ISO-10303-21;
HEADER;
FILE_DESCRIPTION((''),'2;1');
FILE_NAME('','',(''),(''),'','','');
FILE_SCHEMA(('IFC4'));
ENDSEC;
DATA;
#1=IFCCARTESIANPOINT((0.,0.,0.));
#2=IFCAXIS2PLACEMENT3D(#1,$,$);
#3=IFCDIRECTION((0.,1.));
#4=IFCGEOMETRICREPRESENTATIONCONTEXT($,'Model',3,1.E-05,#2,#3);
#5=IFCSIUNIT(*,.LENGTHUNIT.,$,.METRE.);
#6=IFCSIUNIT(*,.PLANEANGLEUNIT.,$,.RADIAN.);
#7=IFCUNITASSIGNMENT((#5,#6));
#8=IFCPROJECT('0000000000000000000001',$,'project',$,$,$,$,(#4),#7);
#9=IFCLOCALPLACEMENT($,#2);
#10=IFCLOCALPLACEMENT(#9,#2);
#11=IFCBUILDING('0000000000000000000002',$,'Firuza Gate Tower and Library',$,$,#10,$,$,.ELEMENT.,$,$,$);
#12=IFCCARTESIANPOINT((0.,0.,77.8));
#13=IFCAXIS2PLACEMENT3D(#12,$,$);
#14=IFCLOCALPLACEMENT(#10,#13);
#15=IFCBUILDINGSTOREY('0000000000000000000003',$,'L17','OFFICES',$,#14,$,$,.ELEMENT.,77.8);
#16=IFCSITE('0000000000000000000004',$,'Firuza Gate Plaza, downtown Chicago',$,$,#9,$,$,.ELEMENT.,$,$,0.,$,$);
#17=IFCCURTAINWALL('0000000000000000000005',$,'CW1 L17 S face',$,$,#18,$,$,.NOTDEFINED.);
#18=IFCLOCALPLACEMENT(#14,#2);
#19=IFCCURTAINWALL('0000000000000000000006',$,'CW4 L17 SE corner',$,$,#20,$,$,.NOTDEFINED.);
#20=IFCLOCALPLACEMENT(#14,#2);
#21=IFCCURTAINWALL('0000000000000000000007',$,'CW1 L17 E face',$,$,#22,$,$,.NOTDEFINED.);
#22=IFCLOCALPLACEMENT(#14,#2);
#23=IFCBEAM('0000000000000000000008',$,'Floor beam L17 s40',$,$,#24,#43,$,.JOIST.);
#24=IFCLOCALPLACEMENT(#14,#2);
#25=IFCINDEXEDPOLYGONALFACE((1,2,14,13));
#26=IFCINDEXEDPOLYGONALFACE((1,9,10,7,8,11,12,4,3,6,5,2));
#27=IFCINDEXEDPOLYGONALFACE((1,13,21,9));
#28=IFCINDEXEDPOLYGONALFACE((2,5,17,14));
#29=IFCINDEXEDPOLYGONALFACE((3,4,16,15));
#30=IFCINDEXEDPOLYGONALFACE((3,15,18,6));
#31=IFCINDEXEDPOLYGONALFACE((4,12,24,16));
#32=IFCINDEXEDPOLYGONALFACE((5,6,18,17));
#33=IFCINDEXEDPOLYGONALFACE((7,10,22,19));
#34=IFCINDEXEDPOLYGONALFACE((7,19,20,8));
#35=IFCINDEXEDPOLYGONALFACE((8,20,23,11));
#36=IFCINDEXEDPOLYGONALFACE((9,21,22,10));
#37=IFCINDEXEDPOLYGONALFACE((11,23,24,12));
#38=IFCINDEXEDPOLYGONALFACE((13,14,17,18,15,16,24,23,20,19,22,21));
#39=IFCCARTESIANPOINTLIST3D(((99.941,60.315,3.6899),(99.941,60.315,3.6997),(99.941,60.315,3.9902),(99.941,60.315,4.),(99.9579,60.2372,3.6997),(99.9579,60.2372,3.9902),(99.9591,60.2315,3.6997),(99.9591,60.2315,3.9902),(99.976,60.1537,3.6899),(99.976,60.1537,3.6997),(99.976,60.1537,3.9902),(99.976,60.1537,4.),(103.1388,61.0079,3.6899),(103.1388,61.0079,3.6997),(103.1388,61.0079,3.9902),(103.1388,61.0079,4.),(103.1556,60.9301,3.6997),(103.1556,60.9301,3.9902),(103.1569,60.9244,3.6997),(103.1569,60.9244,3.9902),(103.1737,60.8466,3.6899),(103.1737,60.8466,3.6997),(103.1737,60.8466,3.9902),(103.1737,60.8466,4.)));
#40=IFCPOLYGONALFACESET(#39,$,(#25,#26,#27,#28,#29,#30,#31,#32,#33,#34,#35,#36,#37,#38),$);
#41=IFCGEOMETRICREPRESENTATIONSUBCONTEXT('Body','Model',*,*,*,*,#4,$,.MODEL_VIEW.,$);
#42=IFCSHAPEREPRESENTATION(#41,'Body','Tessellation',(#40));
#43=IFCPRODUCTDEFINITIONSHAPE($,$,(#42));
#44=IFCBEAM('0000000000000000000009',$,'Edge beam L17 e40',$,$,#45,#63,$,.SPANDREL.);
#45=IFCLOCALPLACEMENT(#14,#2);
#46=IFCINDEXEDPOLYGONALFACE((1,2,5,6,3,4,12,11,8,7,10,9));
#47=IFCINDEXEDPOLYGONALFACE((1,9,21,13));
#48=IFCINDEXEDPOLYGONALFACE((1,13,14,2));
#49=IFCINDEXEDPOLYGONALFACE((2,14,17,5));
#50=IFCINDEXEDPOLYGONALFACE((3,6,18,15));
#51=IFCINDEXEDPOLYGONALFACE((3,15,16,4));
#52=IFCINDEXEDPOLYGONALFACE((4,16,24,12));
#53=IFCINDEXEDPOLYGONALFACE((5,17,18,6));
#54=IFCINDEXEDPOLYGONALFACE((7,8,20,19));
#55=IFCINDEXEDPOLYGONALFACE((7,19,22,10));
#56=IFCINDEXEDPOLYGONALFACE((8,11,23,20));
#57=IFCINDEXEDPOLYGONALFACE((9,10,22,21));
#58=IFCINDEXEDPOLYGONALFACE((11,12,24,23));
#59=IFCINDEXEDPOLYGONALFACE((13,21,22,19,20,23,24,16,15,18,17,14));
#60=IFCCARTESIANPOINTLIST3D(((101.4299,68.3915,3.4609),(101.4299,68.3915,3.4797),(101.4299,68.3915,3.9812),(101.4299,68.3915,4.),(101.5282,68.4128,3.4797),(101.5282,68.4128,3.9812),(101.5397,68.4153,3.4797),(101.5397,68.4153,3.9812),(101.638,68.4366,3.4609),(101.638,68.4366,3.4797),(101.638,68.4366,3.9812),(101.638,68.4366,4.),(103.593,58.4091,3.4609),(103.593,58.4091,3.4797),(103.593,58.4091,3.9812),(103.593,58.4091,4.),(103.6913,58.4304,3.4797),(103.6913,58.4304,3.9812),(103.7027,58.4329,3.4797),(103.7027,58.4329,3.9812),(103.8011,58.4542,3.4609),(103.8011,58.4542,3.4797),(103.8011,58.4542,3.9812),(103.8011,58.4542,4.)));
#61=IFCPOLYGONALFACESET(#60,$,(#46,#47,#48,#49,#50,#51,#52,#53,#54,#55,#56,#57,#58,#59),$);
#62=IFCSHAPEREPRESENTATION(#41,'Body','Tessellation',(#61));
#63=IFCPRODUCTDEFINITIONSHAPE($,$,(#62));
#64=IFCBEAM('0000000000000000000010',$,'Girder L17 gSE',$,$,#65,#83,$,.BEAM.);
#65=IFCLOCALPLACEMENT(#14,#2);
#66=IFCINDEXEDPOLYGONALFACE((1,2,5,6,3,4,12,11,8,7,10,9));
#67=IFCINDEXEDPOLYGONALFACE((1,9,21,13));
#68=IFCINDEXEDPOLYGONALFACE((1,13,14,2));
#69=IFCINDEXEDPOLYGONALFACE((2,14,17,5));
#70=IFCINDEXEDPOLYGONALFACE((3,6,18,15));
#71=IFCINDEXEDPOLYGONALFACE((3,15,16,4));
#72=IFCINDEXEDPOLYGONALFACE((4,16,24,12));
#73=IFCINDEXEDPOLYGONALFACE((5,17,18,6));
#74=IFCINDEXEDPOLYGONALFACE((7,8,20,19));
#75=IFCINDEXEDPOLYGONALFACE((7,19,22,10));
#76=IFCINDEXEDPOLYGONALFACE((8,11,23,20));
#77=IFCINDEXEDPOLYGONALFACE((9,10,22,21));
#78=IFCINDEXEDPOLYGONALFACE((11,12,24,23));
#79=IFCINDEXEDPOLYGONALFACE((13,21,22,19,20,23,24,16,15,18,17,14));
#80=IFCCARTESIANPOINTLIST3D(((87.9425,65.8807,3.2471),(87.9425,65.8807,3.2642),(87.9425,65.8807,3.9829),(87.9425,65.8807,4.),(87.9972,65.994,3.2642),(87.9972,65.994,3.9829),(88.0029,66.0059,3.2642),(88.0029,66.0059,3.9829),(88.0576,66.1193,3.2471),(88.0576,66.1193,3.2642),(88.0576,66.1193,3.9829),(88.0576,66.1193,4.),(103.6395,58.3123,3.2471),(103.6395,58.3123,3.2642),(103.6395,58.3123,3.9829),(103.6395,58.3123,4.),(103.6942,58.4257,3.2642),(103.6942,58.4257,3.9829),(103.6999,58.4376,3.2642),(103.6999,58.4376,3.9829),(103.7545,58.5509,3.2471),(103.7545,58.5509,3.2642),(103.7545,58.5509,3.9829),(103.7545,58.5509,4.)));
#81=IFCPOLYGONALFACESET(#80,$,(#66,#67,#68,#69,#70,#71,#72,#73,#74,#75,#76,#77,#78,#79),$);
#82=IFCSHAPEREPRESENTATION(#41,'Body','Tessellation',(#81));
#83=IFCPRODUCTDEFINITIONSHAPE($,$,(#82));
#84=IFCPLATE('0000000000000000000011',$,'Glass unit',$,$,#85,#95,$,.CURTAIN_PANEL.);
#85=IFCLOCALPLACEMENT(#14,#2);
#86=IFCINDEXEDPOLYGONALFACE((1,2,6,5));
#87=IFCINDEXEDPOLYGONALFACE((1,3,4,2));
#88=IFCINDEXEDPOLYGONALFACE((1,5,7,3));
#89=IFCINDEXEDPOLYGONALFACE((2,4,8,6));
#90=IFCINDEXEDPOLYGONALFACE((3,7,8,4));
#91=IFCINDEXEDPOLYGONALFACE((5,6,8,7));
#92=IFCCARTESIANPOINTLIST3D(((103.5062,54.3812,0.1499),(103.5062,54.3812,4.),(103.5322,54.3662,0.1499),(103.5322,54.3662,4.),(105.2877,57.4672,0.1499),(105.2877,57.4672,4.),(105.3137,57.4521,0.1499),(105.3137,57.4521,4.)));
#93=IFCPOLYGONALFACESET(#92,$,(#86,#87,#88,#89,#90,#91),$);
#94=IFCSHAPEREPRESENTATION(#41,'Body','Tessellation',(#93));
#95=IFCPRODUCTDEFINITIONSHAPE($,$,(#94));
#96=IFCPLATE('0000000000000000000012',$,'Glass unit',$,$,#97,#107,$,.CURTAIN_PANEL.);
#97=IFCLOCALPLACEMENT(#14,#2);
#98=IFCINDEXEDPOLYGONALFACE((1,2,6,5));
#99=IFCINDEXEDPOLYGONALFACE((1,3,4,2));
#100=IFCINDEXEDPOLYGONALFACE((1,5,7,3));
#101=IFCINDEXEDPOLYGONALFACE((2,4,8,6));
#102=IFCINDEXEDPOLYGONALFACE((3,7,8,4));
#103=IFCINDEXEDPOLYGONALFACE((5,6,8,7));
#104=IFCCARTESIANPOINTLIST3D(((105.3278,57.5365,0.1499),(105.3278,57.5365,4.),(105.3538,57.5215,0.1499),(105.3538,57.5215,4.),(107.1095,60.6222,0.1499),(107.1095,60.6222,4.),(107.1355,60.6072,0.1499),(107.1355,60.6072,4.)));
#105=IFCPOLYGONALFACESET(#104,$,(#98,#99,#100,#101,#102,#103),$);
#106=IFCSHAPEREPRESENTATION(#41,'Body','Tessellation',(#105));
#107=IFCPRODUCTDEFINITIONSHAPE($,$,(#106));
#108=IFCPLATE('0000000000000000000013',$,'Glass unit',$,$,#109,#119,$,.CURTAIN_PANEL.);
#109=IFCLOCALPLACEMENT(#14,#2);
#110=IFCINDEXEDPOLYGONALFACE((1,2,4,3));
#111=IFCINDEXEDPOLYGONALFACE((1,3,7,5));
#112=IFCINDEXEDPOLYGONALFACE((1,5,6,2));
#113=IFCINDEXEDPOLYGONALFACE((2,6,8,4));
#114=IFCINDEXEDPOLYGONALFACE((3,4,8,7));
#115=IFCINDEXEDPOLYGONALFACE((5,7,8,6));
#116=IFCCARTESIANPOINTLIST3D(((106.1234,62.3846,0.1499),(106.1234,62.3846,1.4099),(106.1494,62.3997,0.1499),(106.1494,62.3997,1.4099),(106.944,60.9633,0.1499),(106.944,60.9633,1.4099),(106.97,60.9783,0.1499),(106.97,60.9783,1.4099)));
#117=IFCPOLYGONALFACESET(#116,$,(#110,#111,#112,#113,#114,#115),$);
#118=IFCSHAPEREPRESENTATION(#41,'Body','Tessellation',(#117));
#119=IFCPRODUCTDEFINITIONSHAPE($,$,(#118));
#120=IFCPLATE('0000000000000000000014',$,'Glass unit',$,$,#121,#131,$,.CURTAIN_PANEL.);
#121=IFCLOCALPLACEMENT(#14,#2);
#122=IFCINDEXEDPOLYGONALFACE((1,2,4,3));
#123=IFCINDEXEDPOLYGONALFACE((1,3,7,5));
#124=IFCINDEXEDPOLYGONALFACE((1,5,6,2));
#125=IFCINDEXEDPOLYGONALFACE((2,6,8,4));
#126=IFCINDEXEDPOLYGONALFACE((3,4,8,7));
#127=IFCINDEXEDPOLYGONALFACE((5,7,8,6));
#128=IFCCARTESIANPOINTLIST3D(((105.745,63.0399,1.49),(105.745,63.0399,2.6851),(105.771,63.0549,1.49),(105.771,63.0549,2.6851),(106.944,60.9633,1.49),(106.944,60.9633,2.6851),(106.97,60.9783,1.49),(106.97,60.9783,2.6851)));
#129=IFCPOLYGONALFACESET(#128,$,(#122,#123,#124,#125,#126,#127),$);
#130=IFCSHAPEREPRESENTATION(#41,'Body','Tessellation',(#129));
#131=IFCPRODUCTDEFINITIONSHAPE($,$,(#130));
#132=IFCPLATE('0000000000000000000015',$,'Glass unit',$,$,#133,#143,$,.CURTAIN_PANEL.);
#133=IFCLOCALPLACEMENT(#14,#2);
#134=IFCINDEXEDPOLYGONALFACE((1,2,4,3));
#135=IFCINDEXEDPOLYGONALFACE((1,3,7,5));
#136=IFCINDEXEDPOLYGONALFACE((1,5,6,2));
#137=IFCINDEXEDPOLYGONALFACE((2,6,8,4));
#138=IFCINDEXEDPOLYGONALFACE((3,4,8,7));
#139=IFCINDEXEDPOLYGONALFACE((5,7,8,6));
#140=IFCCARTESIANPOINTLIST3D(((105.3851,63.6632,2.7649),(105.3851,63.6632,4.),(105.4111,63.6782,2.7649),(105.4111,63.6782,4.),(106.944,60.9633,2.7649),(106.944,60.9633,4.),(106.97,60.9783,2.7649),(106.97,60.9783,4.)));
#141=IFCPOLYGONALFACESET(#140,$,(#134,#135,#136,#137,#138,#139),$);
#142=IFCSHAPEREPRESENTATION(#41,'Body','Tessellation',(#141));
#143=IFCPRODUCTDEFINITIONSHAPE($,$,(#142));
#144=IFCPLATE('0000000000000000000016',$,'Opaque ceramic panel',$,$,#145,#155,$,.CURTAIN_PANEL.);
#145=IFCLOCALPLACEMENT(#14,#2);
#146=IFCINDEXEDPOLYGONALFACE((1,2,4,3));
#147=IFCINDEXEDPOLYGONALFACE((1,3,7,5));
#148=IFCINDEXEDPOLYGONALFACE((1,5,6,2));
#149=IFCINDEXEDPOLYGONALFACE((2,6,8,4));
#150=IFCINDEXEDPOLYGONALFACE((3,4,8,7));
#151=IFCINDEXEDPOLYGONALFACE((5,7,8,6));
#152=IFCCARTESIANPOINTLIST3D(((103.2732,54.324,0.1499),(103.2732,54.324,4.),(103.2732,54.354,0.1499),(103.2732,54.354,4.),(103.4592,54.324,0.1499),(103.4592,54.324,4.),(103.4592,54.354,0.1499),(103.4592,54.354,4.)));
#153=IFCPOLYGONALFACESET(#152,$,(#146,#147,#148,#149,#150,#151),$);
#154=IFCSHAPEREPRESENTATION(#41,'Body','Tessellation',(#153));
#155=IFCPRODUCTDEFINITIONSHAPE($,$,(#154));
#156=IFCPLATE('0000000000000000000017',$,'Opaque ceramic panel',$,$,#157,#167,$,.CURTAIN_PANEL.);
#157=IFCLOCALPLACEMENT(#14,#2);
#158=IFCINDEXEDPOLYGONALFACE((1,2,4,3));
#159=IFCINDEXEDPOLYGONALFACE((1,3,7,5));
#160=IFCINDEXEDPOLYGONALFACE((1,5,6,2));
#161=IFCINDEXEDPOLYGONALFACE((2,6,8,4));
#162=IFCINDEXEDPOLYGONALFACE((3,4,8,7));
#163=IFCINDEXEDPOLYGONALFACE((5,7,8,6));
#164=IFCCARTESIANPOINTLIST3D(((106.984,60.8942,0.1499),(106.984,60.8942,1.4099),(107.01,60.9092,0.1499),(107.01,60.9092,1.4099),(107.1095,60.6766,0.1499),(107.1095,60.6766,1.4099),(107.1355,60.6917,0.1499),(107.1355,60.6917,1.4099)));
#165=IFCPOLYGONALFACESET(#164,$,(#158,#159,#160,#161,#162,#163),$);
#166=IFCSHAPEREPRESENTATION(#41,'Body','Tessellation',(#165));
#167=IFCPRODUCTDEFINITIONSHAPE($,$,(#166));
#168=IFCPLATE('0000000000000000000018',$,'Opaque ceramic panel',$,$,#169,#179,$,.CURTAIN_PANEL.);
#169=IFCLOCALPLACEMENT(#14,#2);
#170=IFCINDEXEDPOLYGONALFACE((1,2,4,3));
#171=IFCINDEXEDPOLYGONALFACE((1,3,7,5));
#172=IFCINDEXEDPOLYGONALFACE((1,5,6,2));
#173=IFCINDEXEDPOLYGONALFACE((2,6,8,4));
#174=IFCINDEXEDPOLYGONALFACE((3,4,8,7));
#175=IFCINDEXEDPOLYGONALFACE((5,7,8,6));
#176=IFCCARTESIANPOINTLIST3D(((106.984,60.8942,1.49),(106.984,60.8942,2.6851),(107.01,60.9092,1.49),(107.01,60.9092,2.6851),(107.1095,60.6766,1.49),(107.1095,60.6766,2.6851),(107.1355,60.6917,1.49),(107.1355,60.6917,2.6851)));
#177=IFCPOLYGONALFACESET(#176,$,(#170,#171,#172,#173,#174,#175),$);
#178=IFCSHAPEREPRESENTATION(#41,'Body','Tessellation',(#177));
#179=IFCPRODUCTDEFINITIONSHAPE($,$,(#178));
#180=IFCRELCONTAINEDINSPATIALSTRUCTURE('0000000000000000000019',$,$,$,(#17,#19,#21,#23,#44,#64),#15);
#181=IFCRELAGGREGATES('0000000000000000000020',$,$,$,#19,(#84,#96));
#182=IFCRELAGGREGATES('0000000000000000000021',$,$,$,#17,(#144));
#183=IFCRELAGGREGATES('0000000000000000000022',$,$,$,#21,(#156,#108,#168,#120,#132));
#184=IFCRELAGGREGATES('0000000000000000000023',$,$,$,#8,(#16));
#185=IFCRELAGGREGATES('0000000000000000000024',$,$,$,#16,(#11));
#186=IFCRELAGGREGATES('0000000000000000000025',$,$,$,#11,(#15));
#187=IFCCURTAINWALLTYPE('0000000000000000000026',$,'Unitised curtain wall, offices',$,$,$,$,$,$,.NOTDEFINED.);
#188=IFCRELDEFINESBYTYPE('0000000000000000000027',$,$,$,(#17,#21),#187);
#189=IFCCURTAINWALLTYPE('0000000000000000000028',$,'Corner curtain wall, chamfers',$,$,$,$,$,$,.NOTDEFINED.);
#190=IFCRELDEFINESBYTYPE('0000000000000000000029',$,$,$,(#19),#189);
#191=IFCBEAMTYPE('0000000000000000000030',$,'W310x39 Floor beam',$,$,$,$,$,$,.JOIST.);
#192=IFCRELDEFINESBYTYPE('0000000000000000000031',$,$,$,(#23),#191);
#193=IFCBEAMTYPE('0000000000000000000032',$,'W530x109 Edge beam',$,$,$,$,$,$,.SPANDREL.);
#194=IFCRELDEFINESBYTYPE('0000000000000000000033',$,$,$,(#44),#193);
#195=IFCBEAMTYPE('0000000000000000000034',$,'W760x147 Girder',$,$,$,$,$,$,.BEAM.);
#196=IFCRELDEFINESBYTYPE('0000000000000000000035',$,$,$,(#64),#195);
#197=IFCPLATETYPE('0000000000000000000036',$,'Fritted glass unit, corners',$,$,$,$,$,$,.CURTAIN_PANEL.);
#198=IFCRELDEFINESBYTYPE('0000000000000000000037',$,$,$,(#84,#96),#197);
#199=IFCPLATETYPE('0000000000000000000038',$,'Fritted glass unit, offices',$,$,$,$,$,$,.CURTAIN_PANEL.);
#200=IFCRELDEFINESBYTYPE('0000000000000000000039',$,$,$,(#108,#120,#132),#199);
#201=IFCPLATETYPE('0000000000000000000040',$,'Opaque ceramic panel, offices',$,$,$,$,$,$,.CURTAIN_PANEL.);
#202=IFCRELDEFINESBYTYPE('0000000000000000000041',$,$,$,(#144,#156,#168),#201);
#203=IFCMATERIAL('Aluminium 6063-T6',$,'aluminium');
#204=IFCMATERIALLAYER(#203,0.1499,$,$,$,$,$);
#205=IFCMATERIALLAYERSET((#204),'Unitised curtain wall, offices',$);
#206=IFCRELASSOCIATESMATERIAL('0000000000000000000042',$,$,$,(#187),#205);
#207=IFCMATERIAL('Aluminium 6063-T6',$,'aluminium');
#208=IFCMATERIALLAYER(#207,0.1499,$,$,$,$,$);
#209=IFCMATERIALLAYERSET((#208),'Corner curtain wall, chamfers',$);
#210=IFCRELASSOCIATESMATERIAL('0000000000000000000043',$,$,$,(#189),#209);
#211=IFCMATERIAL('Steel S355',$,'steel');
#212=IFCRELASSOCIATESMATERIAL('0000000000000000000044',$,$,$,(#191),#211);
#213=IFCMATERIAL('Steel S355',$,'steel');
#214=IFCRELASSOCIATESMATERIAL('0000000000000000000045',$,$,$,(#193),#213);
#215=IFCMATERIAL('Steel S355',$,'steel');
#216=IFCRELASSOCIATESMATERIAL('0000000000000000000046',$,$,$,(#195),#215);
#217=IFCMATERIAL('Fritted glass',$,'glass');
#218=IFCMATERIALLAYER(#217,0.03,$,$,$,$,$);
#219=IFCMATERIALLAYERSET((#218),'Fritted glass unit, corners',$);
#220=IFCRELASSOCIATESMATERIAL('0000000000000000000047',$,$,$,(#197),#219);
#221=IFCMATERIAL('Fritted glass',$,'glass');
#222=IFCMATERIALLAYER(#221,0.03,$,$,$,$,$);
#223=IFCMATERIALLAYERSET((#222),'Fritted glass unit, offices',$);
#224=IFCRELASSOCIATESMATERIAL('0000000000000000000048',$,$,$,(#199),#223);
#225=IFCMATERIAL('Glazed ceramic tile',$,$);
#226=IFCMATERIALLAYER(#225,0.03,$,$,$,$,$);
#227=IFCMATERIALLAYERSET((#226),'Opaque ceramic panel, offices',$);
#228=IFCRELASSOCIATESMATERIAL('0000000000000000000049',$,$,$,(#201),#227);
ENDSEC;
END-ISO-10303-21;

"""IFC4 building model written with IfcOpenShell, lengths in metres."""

from ifc_helpers import new_model, si_unit, direction, frame, origin, origin_2d, place, context, subcontext, project, spatial, polyline, i_section, outline, extrude, material, layer, layer_set, material_profile, profile_set, type_object, element, aggregate, save


model = new_model("IFC4")

# Units and contexts
model_context = context("Model", 3, precision=1e-05, world=origin(), true_north=direction((0.0, 1.0)))
body_context = subcontext(model_context, "Body", "Model", "MODEL_VIEW")
ifc_project = project(units=[si_unit("LENGTHUNIT", "METRE"), si_unit("PLANEANGLEUNIT", "RADIAN")], contexts=[model_context])

# Site, building, storey
site_placement = place(None, origin())
site = spatial("IfcSite", under=ifc_project, at=site_placement, Name="Firuza Gate Plaza, downtown Chicago", CompositionType="ELEMENT", RefElevation=0.0)
building_placement = place(site_placement, origin())
building = spatial("IfcBuilding", under=site, at=building_placement, Name="Firuza Gate Tower and Library", CompositionType="ELEMENT")
storey_placement = place(building_placement, frame((0.0, 0.0, 77.8)))
storey = spatial("IfcBuildingStorey", under=building, at=storey_placement, Name="L17", Description="OFFICES", CompositionType="ELEMENT", Elevation=77.8)

# Curtain wall
ifc_material_1 = material(Name="Aluminium 6063-T6", Category="aluminium")
ifc_layer_1 = layer(ifc_material_1, 0.1499)
ifc_layer_set_1 = layer_set([ifc_layer_1], Name="Unitised curtain wall, offices")
curtain_wall_type_1 = type_object("IfcCurtainWallType", Name="Unitised curtain wall, offices", PredefinedType="NOTDEFINED", material=ifc_layer_set_1)
placement = place(storey_placement, origin())
curtain_wall_1 = element("IfcCurtainWall", 1, at=placement, inside=storey, type_object=curtain_wall_type_1, Name="CW1 L17 S face", PredefinedType="NOTDEFINED")

# Curtain walls
ifc_material_2 = material(Name="Aluminium 6063-T6", Category="aluminium")
ifc_layer_2 = layer(ifc_material_2, 0.1499)
ifc_layer_set_2 = layer_set([ifc_layer_2], Name="Corner curtain wall, chamfers")
curtain_wall_type_2 = type_object("IfcCurtainWallType", Name="Corner curtain wall, chamfers", PredefinedType="NOTDEFINED", material=ifc_layer_set_2)
curtain_wall_2 = element("IfcCurtainWall", 2, at=placement, inside=storey, type_object=curtain_wall_type_2, Name="CW4 L17 SE corner", PredefinedType="NOTDEFINED")
curtain_wall_3 = element("IfcCurtainWall", 3, at=placement, inside=storey, type_object=curtain_wall_type_1, Name="CW1 L17 E face", PredefinedType="NOTDEFINED")

# Beams
ifc_material_3 = material(Name="Steel S355", Category="steel")
ifc_material_profile_1 = material_profile(ifc_material_3, i_section(OverallWidth=0.165, OverallDepth=0.3101, WebThickness=0.0059, FlangeThickness=0.0098, at=origin_2d()))
ifc_profile_set_1 = profile_set([ifc_material_profile_1], Name="Steel S355")
beam_type_1 = type_object("IfcBeamType", Name="W310x39 Floor beam", PredefinedType="JOIST", material=ifc_profile_set_1)
beam_1_placement = place(storey_placement, frame((103.1562, 60.9272, 3.845), z_axis=(-0.977322, -0.21176, 0.0), x_axis=(0.21176, -0.977322, 0.0)))
element("IfcBeam", 4, at=beam_1_placement, inside=storey, type_object=beam_type_1, Name="Floor beam L17 s40", PredefinedType="JOIST", context=body_context, shape_type="SweptSolid", body=[
    extrude(i_section(OverallWidth=0.165, OverallDepth=0.3101, WebThickness=0.0059, FlangeThickness=0.0098, at=origin_2d()), origin(), (0.0, 0.0, 1.0), 3.272),
])
ifc_material_4 = material(Name="Steel S355", Category="steel")
ifc_material_profile_2 = material_profile(ifc_material_4, i_section(OverallWidth=0.2129, OverallDepth=0.5391, WebThickness=0.0117, FlangeThickness=0.0188, at=origin_2d()))
ifc_profile_set_2 = profile_set([ifc_material_profile_2], Name="Steel S355")
beam_type_2 = type_object("IfcBeamType", Name="W530x109 Edge beam", PredefinedType="SPANDREL", material=ifc_profile_set_2)
beam_2_placement = place(storey_placement, frame((103.697, 58.4316, 3.7305), z_axis=(-0.211775, 0.977319, 0.0), x_axis=(-0.977319, -0.211775, 0.0)))
element("IfcBeam", 5, at=beam_2_placement, inside=storey, type_object=beam_type_2, Name="Edge beam L17 e40", PredefinedType="SPANDREL", context=body_context, shape_type="SweptSolid", body=[
    extrude(i_section(OverallWidth=0.2129, OverallDepth=0.5391, WebThickness=0.0117, FlangeThickness=0.0188, at=origin_2d()), origin(), (0.0, 0.0, 1.0), 10.2141),
])
ifc_material_5 = material(Name="Steel S355", Category="steel")
ifc_material_profile_3 = material_profile(ifc_material_5, i_section(OverallWidth=0.2649, OverallDepth=0.7529, WebThickness=0.0132, FlangeThickness=0.0171, at=origin_2d()))
ifc_profile_set_3 = profile_set([ifc_material_profile_3], Name="Steel S355")
beam_type_3 = type_object("IfcBeamType", Name="W760x147 Girder", PredefinedType="BEAM", material=ifc_profile_set_3)
beam_3_placement = place(storey_placement, frame((103.697, 58.4316, 3.6235), z_axis=(-0.900765, 0.434306, 0.0), x_axis=(-0.434306, -0.900765, 0.0)))
element("IfcBeam", 6, at=beam_3_placement, inside=storey, type_object=beam_type_3, Name="Girder L17 gSE", PredefinedType="BEAM", context=body_context, shape_type="SweptSolid", body=[
    extrude(i_section(OverallWidth=0.2649, OverallDepth=0.7529, WebThickness=0.0132, FlangeThickness=0.0171, at=origin_2d()), origin(), (0.0, 0.0, 1.0), 17.4263),
])

# Plates
ifc_material_6 = material(Name="Fritted glass", Category="glass")
ifc_layer_3 = layer(ifc_material_6, 0.03)
ifc_layer_set_3 = layer_set([ifc_layer_3], Name="Fritted glass unit, corners")
plate_type_1 = type_object("IfcPlateType", Name="Fritted glass unit, corners", PredefinedType="CURTAIN_PANEL", material=ifc_layer_set_3)
plate_1_placement = place(storey_placement, frame((103.5322, 54.3662, 0.1499), z_axis=(0.866046, -0.499964, 0.0), x_axis=(0.499964, 0.866046, 0.0)))
plate_1 = element("IfcPlate", 7, at=plate_1_placement, type_object=plate_type_1, Name="Glass unit", PredefinedType="CURTAIN_PANEL", context=body_context, shape_type="SweptSolid", body=[
    extrude(outline(polyline([(0.0, 0.0), (3.5632, 0.0), (3.5632, 3.8501), (0.0, 3.8501), (0.0, 0.0)])), origin(), (0.0, 0.0, -1.0), 0.03),
])
plate_2_placement = place(storey_placement, frame((105.3538, 57.5215, 0.1499), z_axis=(0.866, -0.500045, 0.0), x_axis=(0.500045, 0.866, 0.0)))
plate_2 = element("IfcPlate", 8, at=plate_2_placement, type_object=plate_type_1, Name="Glass unit", PredefinedType="CURTAIN_PANEL", context=body_context, shape_type="SweptSolid", body=[
    extrude(outline(polyline([(0.0, 0.0), (3.5632, 0.0), (3.5632, 3.8501), (0.0, 3.8501), (0.0, 0.0)])), origin(), (0.0, 0.0, -1.0), 0.03),
])
aggregate(curtain_wall_2, [plate_1, plate_2])
ifc_material_7 = material(Name="Fritted glass", Category="glass")
ifc_layer_4 = layer(ifc_material_7, 0.03)
ifc_layer_set_4 = layer_set([ifc_layer_4], Name="Fritted glass unit, offices")
plate_type_2 = type_object("IfcPlateType", Name="Fritted glass unit, offices", PredefinedType="CURTAIN_PANEL", material=ifc_layer_set_4)
plate_3_placement = place(storey_placement, frame((106.97, 60.9783, 0.1499), z_axis=(0.866047, 0.499963, 0.0), x_axis=(-0.499963, 0.866047, 0.0)))
plate_3 = element("IfcPlate", 9, at=plate_3_placement, type_object=plate_type_2, Name="Glass unit", PredefinedType="CURTAIN_PANEL", context=body_context, shape_type="SweptSolid", body=[
    extrude(outline(polyline([(0.0, 0.0), (1.6412, 0.0), (1.6412, 1.26), (0.0, 1.26), (0.0, 0.0)])), origin(), (0.0, 0.0, -1.0), 0.03),
])
plate_4_placement = place(storey_placement, frame((106.97, 60.9783, 1.49), z_axis=(0.866023, 0.500004, 0.0), x_axis=(-0.500004, 0.866023, 0.0)))
plate_4 = element("IfcPlate", 10, at=plate_4_placement, type_object=plate_type_2, Name="Glass unit", PredefinedType="CURTAIN_PANEL", context=body_context, shape_type="SweptSolid", body=[
    extrude(outline(polyline([(0.0, 0.0), (2.3979, 0.0), (2.3979, 1.1951), (0.0, 1.1951), (0.0, 0.0)])), origin(), (0.0, 0.0, -1.0), 0.03),
])
plate_5_placement = place(storey_placement, frame((106.97, 60.9783, 2.7649), z_axis=(0.866023, 0.500005, 0.0), x_axis=(-0.500005, 0.866023, 0.0)))
plate_5 = element("IfcPlate", 11, at=plate_5_placement, type_object=plate_type_2, Name="Glass unit", PredefinedType="CURTAIN_PANEL", context=body_context, shape_type="SweptSolid", body=[
    extrude(outline(polyline([(0.0, 0.0), (3.1176, 0.0), (3.1176, 1.2351), (0.0, 1.2351), (0.0, 0.0)])), origin(), (0.0, 0.0, -1.0), 0.03),
])
ifc_material_8 = material(Name="Glazed ceramic tile")
ifc_layer_5 = layer(ifc_material_8, 0.03)
ifc_layer_set_5 = layer_set([ifc_layer_5], Name="Opaque ceramic panel, offices")
plate_type_3 = type_object("IfcPlateType", Name="Opaque ceramic panel, offices", PredefinedType="CURTAIN_PANEL", material=ifc_layer_set_5)
plate_6_placement = place(storey_placement, frame((103.2732, 54.324, 0.1499), z_axis=(0.0, -1.0, 0.0), x_axis=(1.0, 0.0, 0.0)))
plate_6 = element("IfcPlate", 12, at=plate_6_placement, type_object=plate_type_3, Name="Opaque ceramic panel", PredefinedType="CURTAIN_PANEL", context=body_context, shape_type="SweptSolid", body=[
    extrude(outline(polyline([(0.0, 0.0), (0.186, 0.0), (0.186, 3.8501), (0.0, 3.8501), (0.0, 0.0)])), origin(), (0.0, 0.0, -1.0), 0.03),
])
aggregate(curtain_wall_1, [plate_6])
plate_7_placement = place(storey_placement, frame((107.1355, 60.6917, 0.1499), z_axis=(0.866202, 0.499694, 0.0), x_axis=(-0.499694, 0.866202, 0.0)))
plate_7 = element("IfcPlate", 13, at=plate_7_placement, type_object=plate_type_3, Name="Opaque ceramic panel", PredefinedType="CURTAIN_PANEL", context=body_context, shape_type="SweptSolid", body=[
    extrude(outline(polyline([(0.0, 0.0), (0.2511, 0.0), (0.2511, 1.26), (0.0, 1.26), (0.0, 0.0)])), origin(), (0.0, 0.0, -1.0), 0.03),
])
plate_8_placement = place(storey_placement, frame((107.1355, 60.6917, 1.49), z_axis=(0.866202, 0.499694, 0.0), x_axis=(-0.499694, 0.866202, 0.0)))
plate_8 = element("IfcPlate", 14, at=plate_8_placement, type_object=plate_type_3, Name="Opaque ceramic panel", PredefinedType="CURTAIN_PANEL", context=body_context, shape_type="SweptSolid", body=[
    extrude(outline(polyline([(0.0, 0.0), (0.2511, 0.0), (0.2511, 1.1951), (0.0, 1.1951), (0.0, 0.0)])), origin(), (0.0, 0.0, -1.0), 0.03),
])
aggregate(curtain_wall_3, [plate_7, plate_3, plate_8, plate_4, plate_5])

save(model, "model.ifc")
